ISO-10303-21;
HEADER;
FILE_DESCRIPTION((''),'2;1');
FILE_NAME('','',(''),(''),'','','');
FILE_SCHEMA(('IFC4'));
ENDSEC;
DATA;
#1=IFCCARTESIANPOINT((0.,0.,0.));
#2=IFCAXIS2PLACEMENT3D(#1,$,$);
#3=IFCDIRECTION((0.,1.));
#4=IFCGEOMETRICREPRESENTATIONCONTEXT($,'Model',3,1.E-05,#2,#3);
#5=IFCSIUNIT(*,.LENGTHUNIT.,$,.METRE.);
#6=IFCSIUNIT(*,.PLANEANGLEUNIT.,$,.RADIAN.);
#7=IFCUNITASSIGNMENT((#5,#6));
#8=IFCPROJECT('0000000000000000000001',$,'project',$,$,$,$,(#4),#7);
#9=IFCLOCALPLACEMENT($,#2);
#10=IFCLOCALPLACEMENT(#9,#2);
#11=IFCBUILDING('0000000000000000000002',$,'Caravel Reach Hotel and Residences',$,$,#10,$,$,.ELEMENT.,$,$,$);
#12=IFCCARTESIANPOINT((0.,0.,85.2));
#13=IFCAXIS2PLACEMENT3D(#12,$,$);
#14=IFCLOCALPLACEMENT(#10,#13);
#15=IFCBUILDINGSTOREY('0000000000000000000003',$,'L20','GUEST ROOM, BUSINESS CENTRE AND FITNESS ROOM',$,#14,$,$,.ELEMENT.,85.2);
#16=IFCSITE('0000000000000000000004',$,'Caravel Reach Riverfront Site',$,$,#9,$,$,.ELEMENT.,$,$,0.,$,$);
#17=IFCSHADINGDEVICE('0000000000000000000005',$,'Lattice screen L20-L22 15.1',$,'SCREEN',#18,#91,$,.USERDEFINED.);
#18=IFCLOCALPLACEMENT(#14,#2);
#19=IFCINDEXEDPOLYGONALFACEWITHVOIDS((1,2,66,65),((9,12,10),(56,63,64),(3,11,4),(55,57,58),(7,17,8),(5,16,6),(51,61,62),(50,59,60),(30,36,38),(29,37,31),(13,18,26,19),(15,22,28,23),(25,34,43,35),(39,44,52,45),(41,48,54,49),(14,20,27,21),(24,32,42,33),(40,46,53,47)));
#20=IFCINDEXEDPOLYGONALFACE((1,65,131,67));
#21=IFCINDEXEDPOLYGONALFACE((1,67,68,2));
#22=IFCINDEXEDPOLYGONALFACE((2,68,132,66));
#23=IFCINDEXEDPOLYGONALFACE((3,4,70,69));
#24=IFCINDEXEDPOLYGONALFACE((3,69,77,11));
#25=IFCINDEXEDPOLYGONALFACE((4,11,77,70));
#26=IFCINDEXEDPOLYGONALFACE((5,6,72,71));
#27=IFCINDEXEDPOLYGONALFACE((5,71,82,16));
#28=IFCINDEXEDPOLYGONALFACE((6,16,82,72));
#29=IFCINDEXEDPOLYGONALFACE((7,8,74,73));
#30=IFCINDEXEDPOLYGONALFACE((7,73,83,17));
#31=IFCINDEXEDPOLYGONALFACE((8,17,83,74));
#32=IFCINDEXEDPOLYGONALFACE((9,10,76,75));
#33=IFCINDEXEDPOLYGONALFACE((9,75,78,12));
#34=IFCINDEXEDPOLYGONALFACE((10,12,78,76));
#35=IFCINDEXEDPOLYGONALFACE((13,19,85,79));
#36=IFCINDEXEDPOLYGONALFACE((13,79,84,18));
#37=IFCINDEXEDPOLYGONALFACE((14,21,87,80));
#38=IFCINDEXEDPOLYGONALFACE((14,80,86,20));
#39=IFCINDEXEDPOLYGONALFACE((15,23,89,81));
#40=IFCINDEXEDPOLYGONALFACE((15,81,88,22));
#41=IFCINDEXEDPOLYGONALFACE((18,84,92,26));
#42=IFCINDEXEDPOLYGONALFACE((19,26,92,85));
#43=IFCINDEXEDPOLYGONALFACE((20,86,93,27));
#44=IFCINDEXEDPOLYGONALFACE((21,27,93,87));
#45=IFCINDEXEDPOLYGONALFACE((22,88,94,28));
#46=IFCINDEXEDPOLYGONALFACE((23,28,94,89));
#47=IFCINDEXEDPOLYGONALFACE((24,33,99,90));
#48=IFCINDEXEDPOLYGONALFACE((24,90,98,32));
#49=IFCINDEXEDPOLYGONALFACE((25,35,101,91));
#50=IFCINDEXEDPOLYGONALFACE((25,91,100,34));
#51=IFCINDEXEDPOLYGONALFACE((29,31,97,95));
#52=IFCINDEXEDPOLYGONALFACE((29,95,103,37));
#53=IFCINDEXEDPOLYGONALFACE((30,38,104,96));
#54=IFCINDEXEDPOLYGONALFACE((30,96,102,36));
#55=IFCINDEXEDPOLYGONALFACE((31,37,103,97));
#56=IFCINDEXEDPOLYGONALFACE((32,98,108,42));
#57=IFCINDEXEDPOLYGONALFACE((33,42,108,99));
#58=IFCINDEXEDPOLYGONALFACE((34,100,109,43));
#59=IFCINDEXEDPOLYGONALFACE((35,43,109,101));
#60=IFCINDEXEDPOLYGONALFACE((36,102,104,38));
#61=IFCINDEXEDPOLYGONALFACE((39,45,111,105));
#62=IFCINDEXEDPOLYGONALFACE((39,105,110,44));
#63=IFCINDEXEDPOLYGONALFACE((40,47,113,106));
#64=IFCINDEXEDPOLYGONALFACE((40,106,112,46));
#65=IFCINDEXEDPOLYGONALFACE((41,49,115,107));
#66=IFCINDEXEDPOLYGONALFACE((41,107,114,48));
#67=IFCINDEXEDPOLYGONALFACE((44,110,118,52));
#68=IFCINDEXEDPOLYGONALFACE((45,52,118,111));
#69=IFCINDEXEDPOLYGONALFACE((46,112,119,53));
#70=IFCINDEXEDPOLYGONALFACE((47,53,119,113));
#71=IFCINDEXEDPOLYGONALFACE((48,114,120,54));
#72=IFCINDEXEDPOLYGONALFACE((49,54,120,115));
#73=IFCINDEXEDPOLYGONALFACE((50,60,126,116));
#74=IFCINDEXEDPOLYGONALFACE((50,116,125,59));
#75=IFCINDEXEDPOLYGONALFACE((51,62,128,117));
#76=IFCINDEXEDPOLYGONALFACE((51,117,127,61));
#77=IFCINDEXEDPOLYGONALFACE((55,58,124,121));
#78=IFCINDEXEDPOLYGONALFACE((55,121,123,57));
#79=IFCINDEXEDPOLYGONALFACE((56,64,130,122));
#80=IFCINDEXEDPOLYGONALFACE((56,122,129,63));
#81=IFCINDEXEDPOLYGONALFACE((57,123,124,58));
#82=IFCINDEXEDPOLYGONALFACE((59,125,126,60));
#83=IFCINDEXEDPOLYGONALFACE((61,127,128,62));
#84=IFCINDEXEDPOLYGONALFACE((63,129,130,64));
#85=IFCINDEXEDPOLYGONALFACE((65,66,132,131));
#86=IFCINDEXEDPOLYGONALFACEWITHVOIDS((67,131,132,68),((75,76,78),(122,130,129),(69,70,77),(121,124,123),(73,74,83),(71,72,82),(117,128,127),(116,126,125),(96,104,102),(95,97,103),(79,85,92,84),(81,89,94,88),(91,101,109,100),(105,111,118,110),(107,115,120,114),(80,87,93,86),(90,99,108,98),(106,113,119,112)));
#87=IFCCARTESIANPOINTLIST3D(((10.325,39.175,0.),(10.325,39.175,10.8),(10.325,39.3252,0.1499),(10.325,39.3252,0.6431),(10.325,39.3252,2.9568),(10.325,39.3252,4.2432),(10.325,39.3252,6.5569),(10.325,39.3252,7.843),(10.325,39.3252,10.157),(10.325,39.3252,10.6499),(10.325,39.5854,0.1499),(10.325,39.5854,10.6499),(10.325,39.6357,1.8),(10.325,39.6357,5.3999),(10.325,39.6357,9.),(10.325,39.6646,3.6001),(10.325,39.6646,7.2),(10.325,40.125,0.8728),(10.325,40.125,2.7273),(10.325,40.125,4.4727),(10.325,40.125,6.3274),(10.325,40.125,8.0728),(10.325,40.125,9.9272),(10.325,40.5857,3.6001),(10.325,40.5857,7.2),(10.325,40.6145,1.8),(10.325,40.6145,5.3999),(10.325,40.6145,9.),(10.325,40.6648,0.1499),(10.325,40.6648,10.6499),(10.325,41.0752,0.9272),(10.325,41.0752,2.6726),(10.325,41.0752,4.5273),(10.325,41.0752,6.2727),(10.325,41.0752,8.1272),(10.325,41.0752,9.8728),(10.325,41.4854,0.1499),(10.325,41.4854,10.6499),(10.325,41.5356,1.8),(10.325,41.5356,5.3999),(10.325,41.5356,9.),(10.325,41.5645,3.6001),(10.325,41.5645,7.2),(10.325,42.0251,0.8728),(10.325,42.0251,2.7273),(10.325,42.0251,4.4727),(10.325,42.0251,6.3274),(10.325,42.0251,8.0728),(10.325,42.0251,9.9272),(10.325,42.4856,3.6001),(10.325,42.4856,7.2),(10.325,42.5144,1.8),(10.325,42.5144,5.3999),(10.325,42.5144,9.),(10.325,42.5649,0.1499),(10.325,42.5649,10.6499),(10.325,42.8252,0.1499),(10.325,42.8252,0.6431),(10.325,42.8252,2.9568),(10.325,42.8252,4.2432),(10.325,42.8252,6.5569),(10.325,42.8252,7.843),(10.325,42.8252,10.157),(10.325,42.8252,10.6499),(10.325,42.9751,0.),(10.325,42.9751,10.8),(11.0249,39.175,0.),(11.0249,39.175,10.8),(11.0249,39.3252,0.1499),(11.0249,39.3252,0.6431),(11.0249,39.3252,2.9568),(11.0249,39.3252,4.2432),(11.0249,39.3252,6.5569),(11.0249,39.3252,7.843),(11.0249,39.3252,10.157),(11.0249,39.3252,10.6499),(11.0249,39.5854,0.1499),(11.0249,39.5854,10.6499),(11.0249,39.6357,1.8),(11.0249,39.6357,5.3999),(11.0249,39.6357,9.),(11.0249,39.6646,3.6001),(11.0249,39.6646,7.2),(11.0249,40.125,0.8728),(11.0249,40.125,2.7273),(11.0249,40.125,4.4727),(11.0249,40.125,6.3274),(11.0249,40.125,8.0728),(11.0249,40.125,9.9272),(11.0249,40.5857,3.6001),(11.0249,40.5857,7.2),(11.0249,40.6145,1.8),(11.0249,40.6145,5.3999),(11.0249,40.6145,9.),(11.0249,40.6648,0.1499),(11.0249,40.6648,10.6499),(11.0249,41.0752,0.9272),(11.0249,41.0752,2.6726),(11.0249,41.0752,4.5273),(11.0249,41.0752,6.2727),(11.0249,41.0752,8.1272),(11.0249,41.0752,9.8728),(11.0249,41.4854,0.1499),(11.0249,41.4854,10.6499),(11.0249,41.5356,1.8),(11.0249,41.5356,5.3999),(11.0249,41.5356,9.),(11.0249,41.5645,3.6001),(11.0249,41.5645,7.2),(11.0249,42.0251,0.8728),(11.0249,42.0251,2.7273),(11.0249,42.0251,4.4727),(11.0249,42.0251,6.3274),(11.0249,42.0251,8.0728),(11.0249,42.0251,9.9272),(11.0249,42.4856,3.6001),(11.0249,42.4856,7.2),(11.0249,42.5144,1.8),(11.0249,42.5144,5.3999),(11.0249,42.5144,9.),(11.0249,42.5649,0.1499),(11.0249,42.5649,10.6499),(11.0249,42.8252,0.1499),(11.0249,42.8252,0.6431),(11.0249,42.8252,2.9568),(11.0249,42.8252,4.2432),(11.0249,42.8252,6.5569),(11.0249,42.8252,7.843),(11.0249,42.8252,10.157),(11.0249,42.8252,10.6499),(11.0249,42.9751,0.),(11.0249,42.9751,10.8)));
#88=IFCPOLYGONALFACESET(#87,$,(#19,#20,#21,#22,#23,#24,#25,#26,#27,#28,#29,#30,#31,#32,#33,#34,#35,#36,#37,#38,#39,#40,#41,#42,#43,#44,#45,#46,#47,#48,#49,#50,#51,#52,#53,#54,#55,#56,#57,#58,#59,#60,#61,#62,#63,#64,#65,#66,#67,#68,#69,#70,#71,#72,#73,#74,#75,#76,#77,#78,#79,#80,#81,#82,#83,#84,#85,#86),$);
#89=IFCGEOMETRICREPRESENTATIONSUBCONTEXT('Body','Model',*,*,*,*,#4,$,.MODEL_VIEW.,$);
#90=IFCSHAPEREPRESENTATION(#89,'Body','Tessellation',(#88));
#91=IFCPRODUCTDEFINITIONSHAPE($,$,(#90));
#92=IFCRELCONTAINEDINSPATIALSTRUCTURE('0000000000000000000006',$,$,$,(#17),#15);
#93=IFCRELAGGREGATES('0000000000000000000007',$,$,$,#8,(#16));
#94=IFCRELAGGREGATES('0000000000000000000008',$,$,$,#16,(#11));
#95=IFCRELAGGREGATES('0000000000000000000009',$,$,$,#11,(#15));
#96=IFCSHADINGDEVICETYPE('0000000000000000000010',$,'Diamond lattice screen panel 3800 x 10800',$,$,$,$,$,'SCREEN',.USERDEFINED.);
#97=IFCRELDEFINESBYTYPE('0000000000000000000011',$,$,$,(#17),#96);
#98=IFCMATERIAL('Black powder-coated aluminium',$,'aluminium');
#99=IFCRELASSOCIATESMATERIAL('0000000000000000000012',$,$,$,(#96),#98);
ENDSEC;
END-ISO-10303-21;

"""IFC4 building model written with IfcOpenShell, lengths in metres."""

from ifc_helpers import new_model, si_unit, direction, frame, origin, place, context, subcontext, project, spatial, polyline, outline, extrude, material, type_object, element, save


model = new_model("IFC4")

# Units and contexts
model_context = context("Model", 3, precision=1e-05, world=origin(), true_north=direction((0.0, 1.0)))
body_context = subcontext(model_context, "Body", "Model", "MODEL_VIEW")
ifc_project = project(units=[si_unit("LENGTHUNIT", "METRE"), si_unit("PLANEANGLEUNIT", "RADIAN")], contexts=[model_context])

# Site, building, storey
site_placement = place(None, origin())
site = spatial("IfcSite", under=ifc_project, at=site_placement, Name="Caravel Reach Riverfront Site", CompositionType="ELEMENT", RefElevation=0.0)
building_placement = place(site_placement, origin())
building = spatial("IfcBuilding", under=site, at=building_placement, Name="Caravel Reach Hotel and Residences", CompositionType="ELEMENT")
storey_placement = place(building_placement, frame((0.0, 0.0, 85.2)))
storey = spatial("IfcBuildingStorey", under=building, at=storey_placement, Name="L20", Description="GUEST ROOM, BUSINESS CENTRE AND FITNESS ROOM", CompositionType="ELEMENT", Elevation=85.2)

# Shading device
ifc_material_1 = material(Name="Black powder-coated aluminium", Category="aluminium")
shading_device_type_1 = type_object("IfcShadingDeviceType", Name="Diamond lattice screen panel 3800 x 10800", ElementType="SCREEN", PredefinedType="USERDEFINED", material=ifc_material_1)
shading_device_1_placement = place(storey_placement, frame((11.0249, 42.9751, 0.0), z_axis=(-1.0, 0.0, 0.0), x_axis=(0.0, -1.0, 0.0)))
element("IfcShadingDevice", 1, at=shading_device_1_placement, inside=storey, type_object=shading_device_type_1, Name="Lattice screen L20-L22 15.1", ObjectType="SCREEN", PredefinedType="USERDEFINED", context=body_context, shape_type="SweptSolid", body=[
    extrude(outline(polyline([(0.0, 0.0), (3.8, 0.0), (3.8, 10.8), (0.0, 10.8), (0.0, 0.0)]), holes=[polyline([(0.4102, 0.1499), (0.1499, 0.6431), (0.1499, 0.1499), (0.4102, 0.1499)]), polyline([(0.4895, 3.6001), (0.1499, 4.2432), (0.1499, 2.9568), (0.4895, 3.6001)]), polyline([(0.4895, 7.2), (0.1499, 7.843), (0.1499, 6.5569), (0.4895, 7.2)]), polyline([(0.1499, 10.157), (0.4102, 10.6499), (0.1499, 10.6499), (0.1499, 10.157)]), polyline([(0.95, 2.7273), (0.4607, 1.8), (0.95, 0.8728), (1.4395, 1.8), (0.95, 2.7273)]), polyline([(0.95, 6.3274), (0.4607, 5.3999), (0.95, 4.4727), (1.4395, 5.3999), (0.95, 6.3274)]), polyline([(0.95, 9.9272), (0.4607, 9.0), (0.95, 8.0728), (1.4395, 9.0), (0.95, 9.9272)]), polyline([(1.8999, 0.9272), (1.4897, 0.1499), (2.3103, 0.1499), (1.8999, 0.9272)]), polyline([(1.8999, 4.5273), (1.4106, 3.6001), (1.8999, 2.6726), (2.3894, 3.6001), (1.8999, 4.5273)]), polyline([(1.8999, 8.1272), (1.4106, 7.2), (1.8999, 6.2727), (2.3894, 7.2), (1.8999, 8.1272)]), polyline([(1.8999, 9.8728), (2.3103, 10.6499), (1.4897, 10.6499), (1.8999, 9.8728)]), polyline([(2.8501, 2.7273), (2.3606, 1.8), (2.8501, 0.8728), (3.3394, 1.8), (2.8501, 2.7273)]), polyline([(2.8501, 6.3274), (2.3606, 5.3999), (2.8501, 4.4727), (3.3394, 5.3999), (2.8501, 6.3274)]), polyline([(2.8501, 9.9272), (2.3606, 9.0), (2.8501, 8.0728), (3.3394, 9.0), (2.8501, 9.9272)]), polyline([(3.6499, 0.6431), (3.3896, 0.1499), (3.6499, 0.1499), (3.6499, 0.6431)]), polyline([(3.3105, 3.6001), (3.6499, 2.9568), (3.6499, 4.2432), (3.3105, 3.6001)]), polyline([(3.3105, 7.2), (3.6499, 6.5569), (3.6499, 7.843), (3.3105, 7.2)]), polyline([(3.3896, 10.6499), (3.6499, 10.157), (3.6499, 10.6499), (3.3896, 10.6499)])]), origin(), (0.0, 0.0, 1.0), 0.7),
])

save(model, "model.ifc")
